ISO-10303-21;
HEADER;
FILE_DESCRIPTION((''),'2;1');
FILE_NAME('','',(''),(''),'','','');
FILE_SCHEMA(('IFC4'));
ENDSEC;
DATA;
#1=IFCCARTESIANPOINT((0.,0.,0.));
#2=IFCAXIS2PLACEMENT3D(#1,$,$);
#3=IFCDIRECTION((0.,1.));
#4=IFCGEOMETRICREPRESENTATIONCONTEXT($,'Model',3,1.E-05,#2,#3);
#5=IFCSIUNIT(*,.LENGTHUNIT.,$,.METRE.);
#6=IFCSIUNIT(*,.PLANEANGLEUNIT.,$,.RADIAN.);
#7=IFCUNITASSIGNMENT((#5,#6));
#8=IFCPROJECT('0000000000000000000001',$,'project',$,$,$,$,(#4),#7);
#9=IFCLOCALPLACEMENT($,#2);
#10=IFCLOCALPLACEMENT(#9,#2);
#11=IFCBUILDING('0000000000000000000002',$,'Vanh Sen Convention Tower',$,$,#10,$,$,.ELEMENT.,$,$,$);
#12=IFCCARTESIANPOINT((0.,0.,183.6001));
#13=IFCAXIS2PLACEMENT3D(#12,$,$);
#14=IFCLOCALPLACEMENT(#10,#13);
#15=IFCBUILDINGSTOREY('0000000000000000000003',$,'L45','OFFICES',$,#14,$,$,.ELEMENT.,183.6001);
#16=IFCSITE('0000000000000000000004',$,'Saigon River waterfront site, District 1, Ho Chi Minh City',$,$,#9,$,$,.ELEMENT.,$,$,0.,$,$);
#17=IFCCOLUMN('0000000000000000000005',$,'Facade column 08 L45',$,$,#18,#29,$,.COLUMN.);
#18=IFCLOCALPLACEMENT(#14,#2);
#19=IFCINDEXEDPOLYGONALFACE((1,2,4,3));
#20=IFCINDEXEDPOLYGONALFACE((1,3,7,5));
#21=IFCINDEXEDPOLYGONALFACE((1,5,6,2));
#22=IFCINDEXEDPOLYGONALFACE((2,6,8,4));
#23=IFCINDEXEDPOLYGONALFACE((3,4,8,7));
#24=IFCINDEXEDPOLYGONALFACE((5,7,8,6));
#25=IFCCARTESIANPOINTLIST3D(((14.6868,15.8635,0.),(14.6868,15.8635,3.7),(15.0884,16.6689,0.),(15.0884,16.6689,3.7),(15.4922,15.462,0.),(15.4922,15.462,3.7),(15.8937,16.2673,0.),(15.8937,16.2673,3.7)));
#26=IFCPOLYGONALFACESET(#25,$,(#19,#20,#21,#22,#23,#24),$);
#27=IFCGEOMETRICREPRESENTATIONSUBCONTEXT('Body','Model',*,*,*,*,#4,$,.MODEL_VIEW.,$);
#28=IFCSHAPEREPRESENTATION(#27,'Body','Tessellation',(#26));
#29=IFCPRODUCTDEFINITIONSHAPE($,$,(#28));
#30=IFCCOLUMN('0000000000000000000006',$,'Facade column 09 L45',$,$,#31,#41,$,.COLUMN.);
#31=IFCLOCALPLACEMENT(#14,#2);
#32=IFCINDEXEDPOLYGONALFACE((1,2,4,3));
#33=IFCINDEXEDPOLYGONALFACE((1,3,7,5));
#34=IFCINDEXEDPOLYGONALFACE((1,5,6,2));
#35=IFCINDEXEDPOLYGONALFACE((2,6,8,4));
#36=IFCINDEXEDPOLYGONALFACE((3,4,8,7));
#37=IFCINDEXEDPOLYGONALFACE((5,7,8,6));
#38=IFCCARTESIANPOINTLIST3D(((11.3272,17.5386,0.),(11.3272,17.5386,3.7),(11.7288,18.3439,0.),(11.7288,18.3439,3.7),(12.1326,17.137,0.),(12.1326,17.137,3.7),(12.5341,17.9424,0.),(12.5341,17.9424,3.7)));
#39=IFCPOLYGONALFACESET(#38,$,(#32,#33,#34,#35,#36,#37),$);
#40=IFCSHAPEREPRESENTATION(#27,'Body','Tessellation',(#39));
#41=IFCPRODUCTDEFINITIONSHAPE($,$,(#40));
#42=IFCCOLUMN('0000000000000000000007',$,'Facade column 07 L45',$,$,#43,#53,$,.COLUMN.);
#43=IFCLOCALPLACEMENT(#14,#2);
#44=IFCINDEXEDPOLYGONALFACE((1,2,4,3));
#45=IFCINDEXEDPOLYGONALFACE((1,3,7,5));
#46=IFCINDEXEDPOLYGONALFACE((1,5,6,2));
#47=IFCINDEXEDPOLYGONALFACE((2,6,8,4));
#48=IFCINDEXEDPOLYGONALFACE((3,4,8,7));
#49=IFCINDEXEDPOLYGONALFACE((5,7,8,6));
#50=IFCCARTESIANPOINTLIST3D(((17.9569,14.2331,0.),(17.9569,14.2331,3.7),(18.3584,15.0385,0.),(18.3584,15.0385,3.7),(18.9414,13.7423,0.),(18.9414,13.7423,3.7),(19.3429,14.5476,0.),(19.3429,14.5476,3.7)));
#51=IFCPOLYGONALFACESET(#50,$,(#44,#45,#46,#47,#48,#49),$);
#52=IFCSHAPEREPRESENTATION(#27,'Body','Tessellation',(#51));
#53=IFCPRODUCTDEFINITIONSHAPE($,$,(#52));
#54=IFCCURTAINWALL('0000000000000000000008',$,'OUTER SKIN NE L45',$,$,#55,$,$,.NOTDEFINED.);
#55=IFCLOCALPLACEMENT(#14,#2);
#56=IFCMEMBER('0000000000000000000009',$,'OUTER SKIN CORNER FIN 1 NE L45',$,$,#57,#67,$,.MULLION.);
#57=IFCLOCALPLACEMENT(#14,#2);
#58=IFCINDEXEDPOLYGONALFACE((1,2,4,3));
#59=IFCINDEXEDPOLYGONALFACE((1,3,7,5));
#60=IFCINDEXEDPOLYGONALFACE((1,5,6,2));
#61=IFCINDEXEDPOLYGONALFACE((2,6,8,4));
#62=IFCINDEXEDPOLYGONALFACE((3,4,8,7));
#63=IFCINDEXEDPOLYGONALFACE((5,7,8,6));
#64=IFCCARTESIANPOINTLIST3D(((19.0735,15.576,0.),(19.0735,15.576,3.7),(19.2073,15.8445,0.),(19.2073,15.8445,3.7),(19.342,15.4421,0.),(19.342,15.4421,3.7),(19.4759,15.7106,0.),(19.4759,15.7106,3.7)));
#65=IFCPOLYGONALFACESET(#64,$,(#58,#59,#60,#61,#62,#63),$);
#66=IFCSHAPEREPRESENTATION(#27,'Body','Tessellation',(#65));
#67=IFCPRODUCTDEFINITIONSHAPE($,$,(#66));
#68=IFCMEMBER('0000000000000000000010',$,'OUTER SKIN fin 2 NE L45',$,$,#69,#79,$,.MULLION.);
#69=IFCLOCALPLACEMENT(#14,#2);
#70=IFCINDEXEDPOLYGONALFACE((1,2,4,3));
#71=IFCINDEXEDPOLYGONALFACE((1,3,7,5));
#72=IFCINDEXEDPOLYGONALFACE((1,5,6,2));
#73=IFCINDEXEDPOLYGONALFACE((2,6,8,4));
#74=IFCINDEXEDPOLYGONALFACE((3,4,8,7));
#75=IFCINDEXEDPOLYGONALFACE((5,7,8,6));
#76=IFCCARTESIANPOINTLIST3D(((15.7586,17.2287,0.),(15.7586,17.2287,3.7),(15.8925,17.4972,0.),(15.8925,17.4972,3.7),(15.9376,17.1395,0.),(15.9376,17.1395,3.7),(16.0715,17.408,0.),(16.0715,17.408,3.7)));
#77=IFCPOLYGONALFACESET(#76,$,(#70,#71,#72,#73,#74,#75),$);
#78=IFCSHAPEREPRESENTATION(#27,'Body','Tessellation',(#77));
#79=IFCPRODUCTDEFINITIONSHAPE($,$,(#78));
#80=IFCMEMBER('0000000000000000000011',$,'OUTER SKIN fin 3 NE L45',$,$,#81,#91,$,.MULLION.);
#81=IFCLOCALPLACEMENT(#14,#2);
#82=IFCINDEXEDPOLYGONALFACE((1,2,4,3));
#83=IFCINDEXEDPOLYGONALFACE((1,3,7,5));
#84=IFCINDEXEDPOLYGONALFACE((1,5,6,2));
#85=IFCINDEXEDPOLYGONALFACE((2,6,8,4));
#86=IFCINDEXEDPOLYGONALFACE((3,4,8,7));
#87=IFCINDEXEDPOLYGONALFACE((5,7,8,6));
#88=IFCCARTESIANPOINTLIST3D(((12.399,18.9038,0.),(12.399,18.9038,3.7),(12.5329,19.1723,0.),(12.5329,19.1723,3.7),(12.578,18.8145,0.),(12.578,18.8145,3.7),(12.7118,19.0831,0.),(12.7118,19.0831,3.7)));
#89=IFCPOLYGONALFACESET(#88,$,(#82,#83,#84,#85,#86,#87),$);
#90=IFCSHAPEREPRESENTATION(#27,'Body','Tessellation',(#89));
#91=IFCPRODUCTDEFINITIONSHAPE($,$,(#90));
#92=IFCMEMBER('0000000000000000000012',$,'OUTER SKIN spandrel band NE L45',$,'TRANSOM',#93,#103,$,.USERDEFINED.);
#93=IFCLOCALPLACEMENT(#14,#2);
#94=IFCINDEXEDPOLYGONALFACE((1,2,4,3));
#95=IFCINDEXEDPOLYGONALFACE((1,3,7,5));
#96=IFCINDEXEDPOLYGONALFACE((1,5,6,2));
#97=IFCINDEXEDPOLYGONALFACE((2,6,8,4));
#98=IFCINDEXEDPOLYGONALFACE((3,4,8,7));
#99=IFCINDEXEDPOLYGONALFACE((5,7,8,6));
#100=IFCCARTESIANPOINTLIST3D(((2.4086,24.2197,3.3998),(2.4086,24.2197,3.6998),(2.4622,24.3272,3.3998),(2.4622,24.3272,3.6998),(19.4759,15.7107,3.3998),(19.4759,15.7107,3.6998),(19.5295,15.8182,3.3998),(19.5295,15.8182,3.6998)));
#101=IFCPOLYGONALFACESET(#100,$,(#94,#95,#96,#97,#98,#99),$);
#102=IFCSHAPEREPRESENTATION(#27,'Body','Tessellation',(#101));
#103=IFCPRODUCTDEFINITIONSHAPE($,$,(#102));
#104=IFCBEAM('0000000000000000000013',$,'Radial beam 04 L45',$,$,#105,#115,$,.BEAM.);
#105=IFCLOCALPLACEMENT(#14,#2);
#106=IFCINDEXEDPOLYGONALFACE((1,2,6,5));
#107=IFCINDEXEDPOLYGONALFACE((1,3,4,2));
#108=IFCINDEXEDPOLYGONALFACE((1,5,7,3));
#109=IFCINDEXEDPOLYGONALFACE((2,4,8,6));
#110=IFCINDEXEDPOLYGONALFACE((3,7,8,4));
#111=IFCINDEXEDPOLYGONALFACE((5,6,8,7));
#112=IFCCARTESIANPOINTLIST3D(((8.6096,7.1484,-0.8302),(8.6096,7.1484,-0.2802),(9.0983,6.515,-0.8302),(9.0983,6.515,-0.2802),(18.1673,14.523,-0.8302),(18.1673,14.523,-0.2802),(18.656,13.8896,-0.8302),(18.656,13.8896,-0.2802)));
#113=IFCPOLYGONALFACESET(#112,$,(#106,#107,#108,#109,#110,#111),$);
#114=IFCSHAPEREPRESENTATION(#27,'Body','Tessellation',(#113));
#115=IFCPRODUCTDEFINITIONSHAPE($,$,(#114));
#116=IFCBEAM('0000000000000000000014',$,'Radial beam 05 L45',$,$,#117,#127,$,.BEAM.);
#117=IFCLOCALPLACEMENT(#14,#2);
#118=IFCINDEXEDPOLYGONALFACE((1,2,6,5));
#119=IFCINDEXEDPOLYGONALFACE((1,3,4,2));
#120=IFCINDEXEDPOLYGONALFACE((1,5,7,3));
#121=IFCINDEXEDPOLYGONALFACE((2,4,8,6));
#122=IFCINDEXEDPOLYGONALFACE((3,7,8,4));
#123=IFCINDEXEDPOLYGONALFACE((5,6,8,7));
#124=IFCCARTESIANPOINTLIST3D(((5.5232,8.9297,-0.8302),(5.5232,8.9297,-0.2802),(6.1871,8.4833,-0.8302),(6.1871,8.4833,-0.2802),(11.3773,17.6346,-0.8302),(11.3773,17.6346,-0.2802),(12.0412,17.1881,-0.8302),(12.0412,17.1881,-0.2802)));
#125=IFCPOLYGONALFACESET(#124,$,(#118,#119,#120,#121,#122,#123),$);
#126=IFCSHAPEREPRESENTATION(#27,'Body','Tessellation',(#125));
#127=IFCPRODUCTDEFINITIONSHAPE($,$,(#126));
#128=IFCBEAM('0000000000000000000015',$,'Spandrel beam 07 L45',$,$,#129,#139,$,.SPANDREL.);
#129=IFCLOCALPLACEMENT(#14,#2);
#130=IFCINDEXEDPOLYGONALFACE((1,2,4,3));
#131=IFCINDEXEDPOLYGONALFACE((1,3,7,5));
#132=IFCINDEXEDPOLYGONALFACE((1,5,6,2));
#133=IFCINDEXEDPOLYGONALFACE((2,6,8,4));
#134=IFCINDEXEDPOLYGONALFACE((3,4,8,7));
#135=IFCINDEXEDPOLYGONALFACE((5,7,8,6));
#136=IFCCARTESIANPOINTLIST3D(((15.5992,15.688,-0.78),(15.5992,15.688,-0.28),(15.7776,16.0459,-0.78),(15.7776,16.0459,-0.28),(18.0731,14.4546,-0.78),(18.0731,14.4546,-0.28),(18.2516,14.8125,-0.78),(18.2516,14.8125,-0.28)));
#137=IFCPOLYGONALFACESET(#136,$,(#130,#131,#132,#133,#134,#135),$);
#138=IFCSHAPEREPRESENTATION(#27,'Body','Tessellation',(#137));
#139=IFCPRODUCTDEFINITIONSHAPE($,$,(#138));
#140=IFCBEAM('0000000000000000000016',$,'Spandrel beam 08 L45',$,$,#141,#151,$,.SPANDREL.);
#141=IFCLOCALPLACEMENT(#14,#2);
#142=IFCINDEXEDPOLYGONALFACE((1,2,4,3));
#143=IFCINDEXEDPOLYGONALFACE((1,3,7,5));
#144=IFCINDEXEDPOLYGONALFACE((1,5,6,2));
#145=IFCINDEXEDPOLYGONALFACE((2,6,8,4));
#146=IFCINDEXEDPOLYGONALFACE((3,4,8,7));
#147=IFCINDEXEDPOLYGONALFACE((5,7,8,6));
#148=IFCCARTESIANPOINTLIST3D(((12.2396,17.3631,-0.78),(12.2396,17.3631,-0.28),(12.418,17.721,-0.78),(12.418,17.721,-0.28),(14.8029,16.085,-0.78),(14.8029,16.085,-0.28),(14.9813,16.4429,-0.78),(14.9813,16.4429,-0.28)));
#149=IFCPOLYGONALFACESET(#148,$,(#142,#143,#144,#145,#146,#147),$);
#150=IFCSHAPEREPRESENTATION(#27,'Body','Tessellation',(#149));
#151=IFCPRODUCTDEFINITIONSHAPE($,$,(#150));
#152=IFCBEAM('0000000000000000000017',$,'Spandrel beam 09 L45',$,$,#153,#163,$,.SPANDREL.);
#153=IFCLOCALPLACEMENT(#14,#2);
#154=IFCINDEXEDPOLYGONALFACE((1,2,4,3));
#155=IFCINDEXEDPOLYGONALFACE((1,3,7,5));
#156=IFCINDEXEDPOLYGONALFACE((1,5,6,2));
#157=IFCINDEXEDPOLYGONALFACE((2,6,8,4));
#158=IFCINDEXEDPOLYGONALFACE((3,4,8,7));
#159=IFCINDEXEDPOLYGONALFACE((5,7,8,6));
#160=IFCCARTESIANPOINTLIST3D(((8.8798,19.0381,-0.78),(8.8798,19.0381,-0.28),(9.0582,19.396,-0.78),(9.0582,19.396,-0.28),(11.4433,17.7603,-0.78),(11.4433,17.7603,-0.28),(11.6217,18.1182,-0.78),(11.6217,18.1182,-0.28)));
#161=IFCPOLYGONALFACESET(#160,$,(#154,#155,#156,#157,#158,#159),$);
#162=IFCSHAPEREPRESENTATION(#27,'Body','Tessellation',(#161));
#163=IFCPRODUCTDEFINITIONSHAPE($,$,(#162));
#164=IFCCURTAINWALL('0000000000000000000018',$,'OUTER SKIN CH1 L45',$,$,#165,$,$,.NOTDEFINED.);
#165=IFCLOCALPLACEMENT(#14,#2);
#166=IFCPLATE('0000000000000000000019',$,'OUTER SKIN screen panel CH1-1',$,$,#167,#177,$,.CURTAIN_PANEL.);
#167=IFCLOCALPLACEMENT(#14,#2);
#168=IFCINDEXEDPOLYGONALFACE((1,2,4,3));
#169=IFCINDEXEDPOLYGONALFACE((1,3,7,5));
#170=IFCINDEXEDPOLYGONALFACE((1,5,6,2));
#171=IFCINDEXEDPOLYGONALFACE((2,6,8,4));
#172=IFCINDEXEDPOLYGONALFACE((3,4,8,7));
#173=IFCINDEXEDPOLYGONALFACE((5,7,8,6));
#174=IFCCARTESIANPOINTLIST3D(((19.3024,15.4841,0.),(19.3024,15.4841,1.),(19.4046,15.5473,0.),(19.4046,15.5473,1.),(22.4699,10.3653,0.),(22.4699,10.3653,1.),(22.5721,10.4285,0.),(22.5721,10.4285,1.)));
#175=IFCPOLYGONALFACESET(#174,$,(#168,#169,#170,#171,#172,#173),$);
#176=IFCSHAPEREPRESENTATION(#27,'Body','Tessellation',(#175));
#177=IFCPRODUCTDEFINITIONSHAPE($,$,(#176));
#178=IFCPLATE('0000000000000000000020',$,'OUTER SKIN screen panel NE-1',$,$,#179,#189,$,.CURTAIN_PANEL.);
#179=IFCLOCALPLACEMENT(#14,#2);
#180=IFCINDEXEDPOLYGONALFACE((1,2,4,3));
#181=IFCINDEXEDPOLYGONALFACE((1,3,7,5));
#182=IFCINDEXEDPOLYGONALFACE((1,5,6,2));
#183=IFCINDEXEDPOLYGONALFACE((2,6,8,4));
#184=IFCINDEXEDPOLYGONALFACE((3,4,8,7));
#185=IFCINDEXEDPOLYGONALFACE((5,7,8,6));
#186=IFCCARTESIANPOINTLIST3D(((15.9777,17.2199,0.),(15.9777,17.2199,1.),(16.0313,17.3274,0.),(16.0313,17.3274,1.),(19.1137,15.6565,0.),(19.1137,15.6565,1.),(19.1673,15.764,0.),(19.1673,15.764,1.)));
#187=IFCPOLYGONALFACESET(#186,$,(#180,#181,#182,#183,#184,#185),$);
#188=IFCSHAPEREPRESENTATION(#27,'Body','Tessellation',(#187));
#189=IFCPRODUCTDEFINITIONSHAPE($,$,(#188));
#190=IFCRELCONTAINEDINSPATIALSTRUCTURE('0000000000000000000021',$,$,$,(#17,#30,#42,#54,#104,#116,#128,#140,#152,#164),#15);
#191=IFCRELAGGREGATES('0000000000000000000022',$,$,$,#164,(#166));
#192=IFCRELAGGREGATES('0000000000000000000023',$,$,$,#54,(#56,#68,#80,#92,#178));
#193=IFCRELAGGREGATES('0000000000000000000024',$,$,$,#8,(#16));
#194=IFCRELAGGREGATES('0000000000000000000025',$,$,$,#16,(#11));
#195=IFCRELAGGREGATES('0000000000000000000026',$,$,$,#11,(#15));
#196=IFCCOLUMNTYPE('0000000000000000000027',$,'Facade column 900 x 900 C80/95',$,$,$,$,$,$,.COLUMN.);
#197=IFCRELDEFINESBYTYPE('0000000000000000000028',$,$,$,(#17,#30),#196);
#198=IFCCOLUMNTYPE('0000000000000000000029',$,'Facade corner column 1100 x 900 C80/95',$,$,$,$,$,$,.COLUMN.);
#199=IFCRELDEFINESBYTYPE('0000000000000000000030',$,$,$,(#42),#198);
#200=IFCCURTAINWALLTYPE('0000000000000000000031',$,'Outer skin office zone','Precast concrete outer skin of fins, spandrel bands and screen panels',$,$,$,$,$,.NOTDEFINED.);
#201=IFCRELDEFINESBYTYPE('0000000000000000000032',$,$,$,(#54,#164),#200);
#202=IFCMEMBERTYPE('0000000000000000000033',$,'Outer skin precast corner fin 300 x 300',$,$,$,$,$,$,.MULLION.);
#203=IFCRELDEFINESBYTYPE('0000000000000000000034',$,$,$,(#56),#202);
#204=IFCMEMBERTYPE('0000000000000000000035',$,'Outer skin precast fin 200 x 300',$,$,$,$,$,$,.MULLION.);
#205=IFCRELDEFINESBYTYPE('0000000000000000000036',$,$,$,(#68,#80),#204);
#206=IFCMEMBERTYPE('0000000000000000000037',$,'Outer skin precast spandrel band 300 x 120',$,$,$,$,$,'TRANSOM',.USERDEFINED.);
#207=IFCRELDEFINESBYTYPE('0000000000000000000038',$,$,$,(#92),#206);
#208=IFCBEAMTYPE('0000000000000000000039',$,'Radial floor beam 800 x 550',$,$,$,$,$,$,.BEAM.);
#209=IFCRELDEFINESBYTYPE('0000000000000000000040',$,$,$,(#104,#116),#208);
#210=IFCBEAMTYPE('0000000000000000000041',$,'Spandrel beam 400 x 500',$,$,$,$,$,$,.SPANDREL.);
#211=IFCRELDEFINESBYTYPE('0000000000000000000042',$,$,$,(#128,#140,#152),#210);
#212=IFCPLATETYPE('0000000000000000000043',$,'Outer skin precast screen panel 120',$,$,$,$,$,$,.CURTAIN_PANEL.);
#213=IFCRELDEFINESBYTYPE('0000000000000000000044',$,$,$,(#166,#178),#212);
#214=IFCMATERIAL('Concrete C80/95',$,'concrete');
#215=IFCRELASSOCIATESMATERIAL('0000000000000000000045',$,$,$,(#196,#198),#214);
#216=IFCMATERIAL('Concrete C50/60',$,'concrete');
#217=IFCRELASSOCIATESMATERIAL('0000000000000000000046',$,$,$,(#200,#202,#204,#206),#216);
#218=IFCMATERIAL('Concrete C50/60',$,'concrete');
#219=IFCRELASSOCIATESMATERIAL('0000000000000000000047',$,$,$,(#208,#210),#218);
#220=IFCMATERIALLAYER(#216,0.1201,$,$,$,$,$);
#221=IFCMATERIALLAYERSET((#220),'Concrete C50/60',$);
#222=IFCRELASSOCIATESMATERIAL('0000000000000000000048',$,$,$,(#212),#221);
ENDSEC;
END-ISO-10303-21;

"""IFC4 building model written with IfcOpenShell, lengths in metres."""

from ifc_helpers import new_model, si_unit, direction, frame, origin, origin_2d, place, context, subcontext, project, spatial, rectangle, extrude, material, layer, layer_set, material_profile, profile_set, type_object, element, aggregate, save


model = new_model("IFC4")

# Units and contexts
model_context = context("Model", 3, precision=1e-05, world=origin(), true_north=direction((0.0, 1.0)))
body_context = subcontext(model_context, "Body", "Model", "MODEL_VIEW")
ifc_project = project(units=[si_unit("LENGTHUNIT", "METRE"), si_unit("PLANEANGLEUNIT", "RADIAN")], contexts=[model_context])

# Site, building, storey
site_placement = place(None, origin())
site = spatial("IfcSite", under=ifc_project, at=site_placement, Name="Saigon River waterfront site, District 1, Ho Chi Minh City", CompositionType="ELEMENT", RefElevation=0.0)
building_placement = place(site_placement, origin())
building = spatial("IfcBuilding", under=site, at=building_placement, Name="Vanh Sen Convention Tower", CompositionType="ELEMENT")
storey_placement = place(building_placement, frame((0.0, 0.0, 183.6001)))
storey = spatial("IfcBuildingStorey", under=building, at=storey_placement, Name="L45", Description="OFFICES", CompositionType="ELEMENT", Elevation=183.6001)

# Columns
ifc_material_1 = material(Name="Concrete C80/95", Category="concrete")
ifc_material_profile_1 = material_profile(ifc_material_1, rectangle(XDim=0.8999, YDim=0.8999, at=origin_2d()), Name="RC 900X900")
ifc_profile_set_1 = profile_set([ifc_material_profile_1], Name="Concrete C80/95")
column_type_1 = type_object("IfcColumnType", Name="Facade column 900 x 900 C80/95", PredefinedType="COLUMN", material=ifc_profile_set_1)
for number, where, z_axis, x_axis, name in (
    (1, (15.2903, 16.0654, 0.0), (0.0, 0.0, 1.0), (-0.894934, 0.446198, 0.0), "Facade column 08 L45"),
    (2, (11.9307, 17.7405, 0.0), (0.0, 0.0, 1.0), (-0.894934, 0.446198, 0.0), "Facade column 09 L45"),
):
    element("IfcColumn", number, at=place(storey_placement, frame(where, z_axis=z_axis, x_axis=x_axis)), inside=storey, type_object=column_type_1, Name=name, PredefinedType="COLUMN", context=body_context, shape_type="SweptSolid", body=[
        extrude(rectangle(XDim=0.8999, YDim=0.8999, at=origin_2d()), origin(), (0.0, 0.0, 1.0), 3.7),
    ])
ifc_material_profile_2 = material_profile(ifc_material_1, rectangle(XDim=1.1001, YDim=0.8999, at=origin_2d()), Name="RC 1100X900")
ifc_profile_set_2 = profile_set([ifc_material_profile_2], Name="Concrete C80/95")
column_type_2 = type_object("IfcColumnType", Name="Facade corner column 1100 x 900 C80/95", PredefinedType="COLUMN", material=ifc_profile_set_2)
column_placement = place(storey_placement, frame((18.6499, 14.3904, 0.0), z_axis=(0.0, 0.0, 1.0), x_axis=(-0.894934, 0.446198, 0.0)))
element("IfcColumn", 3, at=column_placement, inside=storey, type_object=column_type_2, Name="Facade column 07 L45", PredefinedType="COLUMN", context=body_context, shape_type="SweptSolid", body=[
    extrude(rectangle(XDim=1.1001, YDim=0.8999, at=origin_2d()), origin(), (0.0, 0.0, 1.0), 3.7),
])

# Curtain wall, members
ifc_material_2 = material(Name="Concrete C50/60", Category="concrete")
curtain_wall_type = type_object("IfcCurtainWallType", Name="Outer skin office zone", Description="Precast concrete outer skin of fins, spandrel bands and screen panels", PredefinedType="NOTDEFINED", material=ifc_material_2)
curtain_wall_1_placement = place(storey_placement, origin())
curtain_wall_1 = element("IfcCurtainWall", 4, at=curtain_wall_1_placement, inside=storey, type_object=curtain_wall_type, Name="OUTER SKIN NE L45", PredefinedType="NOTDEFINED")
ifc_material_profile_3 = material_profile(ifc_material_2, rectangle(XDim=0.3, YDim=0.3, at=origin_2d()), Name="Outer skin precast corner fin 300 x 300")
ifc_profile_set_3 = profile_set([ifc_material_profile_3], Name="Concrete C50/60")
member_type_1 = type_object("IfcMemberType", Name="Outer skin precast corner fin 300 x 300", PredefinedType="MULLION", material=ifc_profile_set_3)
member_1_placement = place(storey_placement, frame((19.2747, 15.6433, 0.0), z_axis=(0.0, 0.0, 1.0), x_axis=(-0.894934, 0.446198, 0.0)))
member_1 = element("IfcMember", 5, at=member_1_placement, type_object=member_type_1, Name="OUTER SKIN CORNER FIN 1 NE L45", PredefinedType="MULLION", context=body_context, shape_type="SweptSolid", body=[
    extrude(rectangle(XDim=0.3, YDim=0.3, at=origin_2d()), origin(), (0.0, 0.0, 1.0), 3.7),
])
ifc_material_profile_4 = material_profile(ifc_material_2, rectangle(XDim=0.2, YDim=0.3, at=origin_2d()), Name="Outer skin precast fin 200 x 300")
ifc_profile_set_4 = profile_set([ifc_material_profile_4], Name="Concrete C50/60")
member_type_2 = type_object("IfcMemberType", Name="Outer skin precast fin 200 x 300", PredefinedType="MULLION", material=ifc_profile_set_4)
member_2_placement = place(storey_placement, frame((15.915, 17.3184, 0.0), z_axis=(0.0, 0.0, 1.0), x_axis=(-0.894934, 0.446198, 0.0)))
member_2 = element("IfcMember", 6, at=member_2_placement, type_object=member_type_2, Name="OUTER SKIN fin 2 NE L45", PredefinedType="MULLION", context=body_context, shape_type="SweptSolid", body=[
    extrude(rectangle(XDim=0.2, YDim=0.3, at=origin_2d()), origin(), (0.0, 0.0, 1.0), 3.7),
])
member_3_placement = place(storey_placement, frame((12.5554, 18.9934, 0.0), z_axis=(0.0, 0.0, 1.0), x_axis=(-0.894934, 0.446198, 0.0)))
member_3 = element("IfcMember", 7, at=member_3_placement, type_object=member_type_2, Name="OUTER SKIN fin 3 NE L45", PredefinedType="MULLION", context=body_context, shape_type="SweptSolid", body=[
    extrude(rectangle(XDim=0.2, YDim=0.3, at=origin_2d()), origin(), (0.0, 0.0, 1.0), 3.7),
])
ifc_material_profile_5 = material_profile(ifc_material_2, rectangle(XDim=0.1201, YDim=0.3, at=origin_2d()), Name="Outer skin precast spandrel band 300 x 120")
ifc_profile_set_5 = profile_set([ifc_material_profile_5], Name="Concrete C50/60")
member_type_3 = type_object("IfcMemberType", Name="Outer skin precast spandrel band 300 x 120", ElementType="TRANSOM", PredefinedType="USERDEFINED", material=ifc_profile_set_5)
member_4_placement = place(storey_placement, frame((19.5027, 15.7644, 3.5498), z_axis=(-0.894941, 0.446184, 0.0), x_axis=(-0.446184, -0.894941, 0.0)))
member_4 = element("IfcMember", 8, at=member_4_placement, type_object=member_type_3, Name="OUTER SKIN spandrel band NE L45", ObjectType="TRANSOM", PredefinedType="USERDEFINED", context=body_context, shape_type="SweptSolid", body=[
    extrude(rectangle(XDim=0.1201, YDim=0.3, at=origin_2d()), origin(), (0.0, 0.0, 1.0), 19.0708),
])

# Beams
ifc_material_3 = material(Name="Concrete C50/60", Category="concrete")
ifc_material_profile_6 = material_profile(ifc_material_3, rectangle(XDim=0.8, YDim=0.55, at=origin_2d()), Name="RC 800X550")
ifc_profile_set_6 = profile_set([ifc_material_profile_6], Name="Concrete C50/60")
beam_type_1 = type_object("IfcBeamType", Name="Radial floor beam 800 x 550", PredefinedType="BEAM", material=ifc_profile_set_6)
beam_1_placement = place(storey_placement, frame((18.4116, 14.2063, -0.5552), z_axis=(-0.791722, -0.610881, 0.0), x_axis=(0.610881, -0.791722, 0.0)))
element("IfcBeam", 9, at=beam_1_placement, inside=storey, type_object=beam_type_1, Name="Radial beam 04 L45", PredefinedType="BEAM", context=body_context, shape_type="SweptSolid", body=[
    extrude(rectangle(XDim=0.8, YDim=0.55, at=origin_2d()), origin(), (0.0, 0.0, 1.0), 12.072),
])
beam_2_placement = place(storey_placement, frame((11.7092, 17.4114, -0.5552), z_axis=(-0.558047, -0.829809, 0.0), x_axis=(0.829809, -0.558047, 0.0)))
element("IfcBeam", 10, at=beam_2_placement, inside=storey, type_object=beam_type_1, Name="Radial beam 05 L45", PredefinedType="BEAM", context=body_context, shape_type="SweptSolid", body=[
    extrude(rectangle(XDim=0.8, YDim=0.55, at=origin_2d()), origin(), (0.0, 0.0, 1.0), 10.4902),
])
ifc_material_profile_7 = material_profile(ifc_material_3, rectangle(XDim=0.3999, YDim=0.5, at=origin_2d()), Name="RC 400X500")
ifc_profile_set_7 = profile_set([ifc_material_profile_7], Name="Concrete C50/60")
beam_type_2 = type_object("IfcBeamType", Name="Spandrel beam 400 x 500", PredefinedType="SPANDREL", material=ifc_profile_set_7)
beam_3_placement = place(storey_placement, frame((18.1624, 14.6335, -0.53), z_axis=(-0.894939, 0.446189, 0.0), x_axis=(-0.446189, -0.894939, 0.0)))
element("IfcBeam", 11, at=beam_3_placement, inside=storey, type_object=beam_type_2, Name="Spandrel beam 07 L45", PredefinedType="SPANDREL", context=body_context, shape_type="SweptSolid", body=[
    extrude(rectangle(XDim=0.3999, YDim=0.5, at=origin_2d()), origin(), (0.0, 0.0, 1.0), 2.7644),
])
for number, where, z_axis, x_axis, name in (
    (12, (14.8921, 16.2639, -0.53), (-0.894921, 0.446225, 0.0), (-0.446225, -0.894921, 0.0), "Spandrel beam 08 L45"),
    (13, (11.5325, 17.9392, -0.53), (-0.894972, 0.446122, 0.0), (-0.446122, -0.894972, 0.0), "Spandrel beam 09 L45"),
):
    element("IfcBeam", number, at=place(storey_placement, frame(where, z_axis=z_axis, x_axis=x_axis)), inside=storey, type_object=beam_type_2, Name=name, PredefinedType="SPANDREL", context=body_context, shape_type="SweptSolid", body=[
        extrude(rectangle(XDim=0.3999, YDim=0.5, at=origin_2d()), origin(), (0.0, 0.0, 1.0), 2.8643),
    ])

# Curtain wall, plate
curtain_wall_2_placement = place(storey_placement, origin())
curtain_wall_2 = element("IfcCurtainWall", 14, at=curtain_wall_2_placement, inside=storey, type_object=curtain_wall_type, Name="OUTER SKIN CH1 L45", PredefinedType="NOTDEFINED")
ifc_layer_1 = layer(ifc_material_2, 0.1201)
ifc_layer_set_1 = layer_set([ifc_layer_1], Name="Concrete C50/60")
plate_type = type_object("IfcPlateType", Name="Outer skin precast screen panel 120", PredefinedType="CURTAIN_PANEL", material=ifc_layer_set_1)
plate_1_placement = place(storey_placement, frame((20.9373, 12.9563, 0.0), z_axis=(0.0, 0.0, 1.0), x_axis=(-0.526204, 0.850359, 0.0)))
plate_1 = element("IfcPlate", 15, at=plate_1_placement, type_object=plate_type, Name="OUTER SKIN screen panel CH1-1", PredefinedType="CURTAIN_PANEL", context=body_context, shape_type="SweptSolid", body=[
    extrude(rectangle(XDim=6.0195, YDim=0.1201, at=origin_2d()), origin(), (0.0, 0.0, 1.0), 1.0),
])
aggregate(curtain_wall_2, [plate_1])

# Plate
plate_2_placement = place(storey_placement, frame((17.5725, 16.4919, 0.0), z_axis=(0.0, 0.0, 1.0), x_axis=(-0.894944, 0.446179, 0.0)))
plate_2 = element("IfcPlate", 16, at=plate_2_placement, type_object=plate_type, Name="OUTER SKIN screen panel NE-1", PredefinedType="CURTAIN_PANEL", context=body_context, shape_type="SweptSolid", body=[
    extrude(rectangle(XDim=3.5042, YDim=0.1201, at=origin_2d()), origin(), (0.0, 0.0, 1.0), 1.0),
])
aggregate(curtain_wall_1, [member_1, member_2, member_3, member_4, plate_2])

save(model, "model.ifc")
